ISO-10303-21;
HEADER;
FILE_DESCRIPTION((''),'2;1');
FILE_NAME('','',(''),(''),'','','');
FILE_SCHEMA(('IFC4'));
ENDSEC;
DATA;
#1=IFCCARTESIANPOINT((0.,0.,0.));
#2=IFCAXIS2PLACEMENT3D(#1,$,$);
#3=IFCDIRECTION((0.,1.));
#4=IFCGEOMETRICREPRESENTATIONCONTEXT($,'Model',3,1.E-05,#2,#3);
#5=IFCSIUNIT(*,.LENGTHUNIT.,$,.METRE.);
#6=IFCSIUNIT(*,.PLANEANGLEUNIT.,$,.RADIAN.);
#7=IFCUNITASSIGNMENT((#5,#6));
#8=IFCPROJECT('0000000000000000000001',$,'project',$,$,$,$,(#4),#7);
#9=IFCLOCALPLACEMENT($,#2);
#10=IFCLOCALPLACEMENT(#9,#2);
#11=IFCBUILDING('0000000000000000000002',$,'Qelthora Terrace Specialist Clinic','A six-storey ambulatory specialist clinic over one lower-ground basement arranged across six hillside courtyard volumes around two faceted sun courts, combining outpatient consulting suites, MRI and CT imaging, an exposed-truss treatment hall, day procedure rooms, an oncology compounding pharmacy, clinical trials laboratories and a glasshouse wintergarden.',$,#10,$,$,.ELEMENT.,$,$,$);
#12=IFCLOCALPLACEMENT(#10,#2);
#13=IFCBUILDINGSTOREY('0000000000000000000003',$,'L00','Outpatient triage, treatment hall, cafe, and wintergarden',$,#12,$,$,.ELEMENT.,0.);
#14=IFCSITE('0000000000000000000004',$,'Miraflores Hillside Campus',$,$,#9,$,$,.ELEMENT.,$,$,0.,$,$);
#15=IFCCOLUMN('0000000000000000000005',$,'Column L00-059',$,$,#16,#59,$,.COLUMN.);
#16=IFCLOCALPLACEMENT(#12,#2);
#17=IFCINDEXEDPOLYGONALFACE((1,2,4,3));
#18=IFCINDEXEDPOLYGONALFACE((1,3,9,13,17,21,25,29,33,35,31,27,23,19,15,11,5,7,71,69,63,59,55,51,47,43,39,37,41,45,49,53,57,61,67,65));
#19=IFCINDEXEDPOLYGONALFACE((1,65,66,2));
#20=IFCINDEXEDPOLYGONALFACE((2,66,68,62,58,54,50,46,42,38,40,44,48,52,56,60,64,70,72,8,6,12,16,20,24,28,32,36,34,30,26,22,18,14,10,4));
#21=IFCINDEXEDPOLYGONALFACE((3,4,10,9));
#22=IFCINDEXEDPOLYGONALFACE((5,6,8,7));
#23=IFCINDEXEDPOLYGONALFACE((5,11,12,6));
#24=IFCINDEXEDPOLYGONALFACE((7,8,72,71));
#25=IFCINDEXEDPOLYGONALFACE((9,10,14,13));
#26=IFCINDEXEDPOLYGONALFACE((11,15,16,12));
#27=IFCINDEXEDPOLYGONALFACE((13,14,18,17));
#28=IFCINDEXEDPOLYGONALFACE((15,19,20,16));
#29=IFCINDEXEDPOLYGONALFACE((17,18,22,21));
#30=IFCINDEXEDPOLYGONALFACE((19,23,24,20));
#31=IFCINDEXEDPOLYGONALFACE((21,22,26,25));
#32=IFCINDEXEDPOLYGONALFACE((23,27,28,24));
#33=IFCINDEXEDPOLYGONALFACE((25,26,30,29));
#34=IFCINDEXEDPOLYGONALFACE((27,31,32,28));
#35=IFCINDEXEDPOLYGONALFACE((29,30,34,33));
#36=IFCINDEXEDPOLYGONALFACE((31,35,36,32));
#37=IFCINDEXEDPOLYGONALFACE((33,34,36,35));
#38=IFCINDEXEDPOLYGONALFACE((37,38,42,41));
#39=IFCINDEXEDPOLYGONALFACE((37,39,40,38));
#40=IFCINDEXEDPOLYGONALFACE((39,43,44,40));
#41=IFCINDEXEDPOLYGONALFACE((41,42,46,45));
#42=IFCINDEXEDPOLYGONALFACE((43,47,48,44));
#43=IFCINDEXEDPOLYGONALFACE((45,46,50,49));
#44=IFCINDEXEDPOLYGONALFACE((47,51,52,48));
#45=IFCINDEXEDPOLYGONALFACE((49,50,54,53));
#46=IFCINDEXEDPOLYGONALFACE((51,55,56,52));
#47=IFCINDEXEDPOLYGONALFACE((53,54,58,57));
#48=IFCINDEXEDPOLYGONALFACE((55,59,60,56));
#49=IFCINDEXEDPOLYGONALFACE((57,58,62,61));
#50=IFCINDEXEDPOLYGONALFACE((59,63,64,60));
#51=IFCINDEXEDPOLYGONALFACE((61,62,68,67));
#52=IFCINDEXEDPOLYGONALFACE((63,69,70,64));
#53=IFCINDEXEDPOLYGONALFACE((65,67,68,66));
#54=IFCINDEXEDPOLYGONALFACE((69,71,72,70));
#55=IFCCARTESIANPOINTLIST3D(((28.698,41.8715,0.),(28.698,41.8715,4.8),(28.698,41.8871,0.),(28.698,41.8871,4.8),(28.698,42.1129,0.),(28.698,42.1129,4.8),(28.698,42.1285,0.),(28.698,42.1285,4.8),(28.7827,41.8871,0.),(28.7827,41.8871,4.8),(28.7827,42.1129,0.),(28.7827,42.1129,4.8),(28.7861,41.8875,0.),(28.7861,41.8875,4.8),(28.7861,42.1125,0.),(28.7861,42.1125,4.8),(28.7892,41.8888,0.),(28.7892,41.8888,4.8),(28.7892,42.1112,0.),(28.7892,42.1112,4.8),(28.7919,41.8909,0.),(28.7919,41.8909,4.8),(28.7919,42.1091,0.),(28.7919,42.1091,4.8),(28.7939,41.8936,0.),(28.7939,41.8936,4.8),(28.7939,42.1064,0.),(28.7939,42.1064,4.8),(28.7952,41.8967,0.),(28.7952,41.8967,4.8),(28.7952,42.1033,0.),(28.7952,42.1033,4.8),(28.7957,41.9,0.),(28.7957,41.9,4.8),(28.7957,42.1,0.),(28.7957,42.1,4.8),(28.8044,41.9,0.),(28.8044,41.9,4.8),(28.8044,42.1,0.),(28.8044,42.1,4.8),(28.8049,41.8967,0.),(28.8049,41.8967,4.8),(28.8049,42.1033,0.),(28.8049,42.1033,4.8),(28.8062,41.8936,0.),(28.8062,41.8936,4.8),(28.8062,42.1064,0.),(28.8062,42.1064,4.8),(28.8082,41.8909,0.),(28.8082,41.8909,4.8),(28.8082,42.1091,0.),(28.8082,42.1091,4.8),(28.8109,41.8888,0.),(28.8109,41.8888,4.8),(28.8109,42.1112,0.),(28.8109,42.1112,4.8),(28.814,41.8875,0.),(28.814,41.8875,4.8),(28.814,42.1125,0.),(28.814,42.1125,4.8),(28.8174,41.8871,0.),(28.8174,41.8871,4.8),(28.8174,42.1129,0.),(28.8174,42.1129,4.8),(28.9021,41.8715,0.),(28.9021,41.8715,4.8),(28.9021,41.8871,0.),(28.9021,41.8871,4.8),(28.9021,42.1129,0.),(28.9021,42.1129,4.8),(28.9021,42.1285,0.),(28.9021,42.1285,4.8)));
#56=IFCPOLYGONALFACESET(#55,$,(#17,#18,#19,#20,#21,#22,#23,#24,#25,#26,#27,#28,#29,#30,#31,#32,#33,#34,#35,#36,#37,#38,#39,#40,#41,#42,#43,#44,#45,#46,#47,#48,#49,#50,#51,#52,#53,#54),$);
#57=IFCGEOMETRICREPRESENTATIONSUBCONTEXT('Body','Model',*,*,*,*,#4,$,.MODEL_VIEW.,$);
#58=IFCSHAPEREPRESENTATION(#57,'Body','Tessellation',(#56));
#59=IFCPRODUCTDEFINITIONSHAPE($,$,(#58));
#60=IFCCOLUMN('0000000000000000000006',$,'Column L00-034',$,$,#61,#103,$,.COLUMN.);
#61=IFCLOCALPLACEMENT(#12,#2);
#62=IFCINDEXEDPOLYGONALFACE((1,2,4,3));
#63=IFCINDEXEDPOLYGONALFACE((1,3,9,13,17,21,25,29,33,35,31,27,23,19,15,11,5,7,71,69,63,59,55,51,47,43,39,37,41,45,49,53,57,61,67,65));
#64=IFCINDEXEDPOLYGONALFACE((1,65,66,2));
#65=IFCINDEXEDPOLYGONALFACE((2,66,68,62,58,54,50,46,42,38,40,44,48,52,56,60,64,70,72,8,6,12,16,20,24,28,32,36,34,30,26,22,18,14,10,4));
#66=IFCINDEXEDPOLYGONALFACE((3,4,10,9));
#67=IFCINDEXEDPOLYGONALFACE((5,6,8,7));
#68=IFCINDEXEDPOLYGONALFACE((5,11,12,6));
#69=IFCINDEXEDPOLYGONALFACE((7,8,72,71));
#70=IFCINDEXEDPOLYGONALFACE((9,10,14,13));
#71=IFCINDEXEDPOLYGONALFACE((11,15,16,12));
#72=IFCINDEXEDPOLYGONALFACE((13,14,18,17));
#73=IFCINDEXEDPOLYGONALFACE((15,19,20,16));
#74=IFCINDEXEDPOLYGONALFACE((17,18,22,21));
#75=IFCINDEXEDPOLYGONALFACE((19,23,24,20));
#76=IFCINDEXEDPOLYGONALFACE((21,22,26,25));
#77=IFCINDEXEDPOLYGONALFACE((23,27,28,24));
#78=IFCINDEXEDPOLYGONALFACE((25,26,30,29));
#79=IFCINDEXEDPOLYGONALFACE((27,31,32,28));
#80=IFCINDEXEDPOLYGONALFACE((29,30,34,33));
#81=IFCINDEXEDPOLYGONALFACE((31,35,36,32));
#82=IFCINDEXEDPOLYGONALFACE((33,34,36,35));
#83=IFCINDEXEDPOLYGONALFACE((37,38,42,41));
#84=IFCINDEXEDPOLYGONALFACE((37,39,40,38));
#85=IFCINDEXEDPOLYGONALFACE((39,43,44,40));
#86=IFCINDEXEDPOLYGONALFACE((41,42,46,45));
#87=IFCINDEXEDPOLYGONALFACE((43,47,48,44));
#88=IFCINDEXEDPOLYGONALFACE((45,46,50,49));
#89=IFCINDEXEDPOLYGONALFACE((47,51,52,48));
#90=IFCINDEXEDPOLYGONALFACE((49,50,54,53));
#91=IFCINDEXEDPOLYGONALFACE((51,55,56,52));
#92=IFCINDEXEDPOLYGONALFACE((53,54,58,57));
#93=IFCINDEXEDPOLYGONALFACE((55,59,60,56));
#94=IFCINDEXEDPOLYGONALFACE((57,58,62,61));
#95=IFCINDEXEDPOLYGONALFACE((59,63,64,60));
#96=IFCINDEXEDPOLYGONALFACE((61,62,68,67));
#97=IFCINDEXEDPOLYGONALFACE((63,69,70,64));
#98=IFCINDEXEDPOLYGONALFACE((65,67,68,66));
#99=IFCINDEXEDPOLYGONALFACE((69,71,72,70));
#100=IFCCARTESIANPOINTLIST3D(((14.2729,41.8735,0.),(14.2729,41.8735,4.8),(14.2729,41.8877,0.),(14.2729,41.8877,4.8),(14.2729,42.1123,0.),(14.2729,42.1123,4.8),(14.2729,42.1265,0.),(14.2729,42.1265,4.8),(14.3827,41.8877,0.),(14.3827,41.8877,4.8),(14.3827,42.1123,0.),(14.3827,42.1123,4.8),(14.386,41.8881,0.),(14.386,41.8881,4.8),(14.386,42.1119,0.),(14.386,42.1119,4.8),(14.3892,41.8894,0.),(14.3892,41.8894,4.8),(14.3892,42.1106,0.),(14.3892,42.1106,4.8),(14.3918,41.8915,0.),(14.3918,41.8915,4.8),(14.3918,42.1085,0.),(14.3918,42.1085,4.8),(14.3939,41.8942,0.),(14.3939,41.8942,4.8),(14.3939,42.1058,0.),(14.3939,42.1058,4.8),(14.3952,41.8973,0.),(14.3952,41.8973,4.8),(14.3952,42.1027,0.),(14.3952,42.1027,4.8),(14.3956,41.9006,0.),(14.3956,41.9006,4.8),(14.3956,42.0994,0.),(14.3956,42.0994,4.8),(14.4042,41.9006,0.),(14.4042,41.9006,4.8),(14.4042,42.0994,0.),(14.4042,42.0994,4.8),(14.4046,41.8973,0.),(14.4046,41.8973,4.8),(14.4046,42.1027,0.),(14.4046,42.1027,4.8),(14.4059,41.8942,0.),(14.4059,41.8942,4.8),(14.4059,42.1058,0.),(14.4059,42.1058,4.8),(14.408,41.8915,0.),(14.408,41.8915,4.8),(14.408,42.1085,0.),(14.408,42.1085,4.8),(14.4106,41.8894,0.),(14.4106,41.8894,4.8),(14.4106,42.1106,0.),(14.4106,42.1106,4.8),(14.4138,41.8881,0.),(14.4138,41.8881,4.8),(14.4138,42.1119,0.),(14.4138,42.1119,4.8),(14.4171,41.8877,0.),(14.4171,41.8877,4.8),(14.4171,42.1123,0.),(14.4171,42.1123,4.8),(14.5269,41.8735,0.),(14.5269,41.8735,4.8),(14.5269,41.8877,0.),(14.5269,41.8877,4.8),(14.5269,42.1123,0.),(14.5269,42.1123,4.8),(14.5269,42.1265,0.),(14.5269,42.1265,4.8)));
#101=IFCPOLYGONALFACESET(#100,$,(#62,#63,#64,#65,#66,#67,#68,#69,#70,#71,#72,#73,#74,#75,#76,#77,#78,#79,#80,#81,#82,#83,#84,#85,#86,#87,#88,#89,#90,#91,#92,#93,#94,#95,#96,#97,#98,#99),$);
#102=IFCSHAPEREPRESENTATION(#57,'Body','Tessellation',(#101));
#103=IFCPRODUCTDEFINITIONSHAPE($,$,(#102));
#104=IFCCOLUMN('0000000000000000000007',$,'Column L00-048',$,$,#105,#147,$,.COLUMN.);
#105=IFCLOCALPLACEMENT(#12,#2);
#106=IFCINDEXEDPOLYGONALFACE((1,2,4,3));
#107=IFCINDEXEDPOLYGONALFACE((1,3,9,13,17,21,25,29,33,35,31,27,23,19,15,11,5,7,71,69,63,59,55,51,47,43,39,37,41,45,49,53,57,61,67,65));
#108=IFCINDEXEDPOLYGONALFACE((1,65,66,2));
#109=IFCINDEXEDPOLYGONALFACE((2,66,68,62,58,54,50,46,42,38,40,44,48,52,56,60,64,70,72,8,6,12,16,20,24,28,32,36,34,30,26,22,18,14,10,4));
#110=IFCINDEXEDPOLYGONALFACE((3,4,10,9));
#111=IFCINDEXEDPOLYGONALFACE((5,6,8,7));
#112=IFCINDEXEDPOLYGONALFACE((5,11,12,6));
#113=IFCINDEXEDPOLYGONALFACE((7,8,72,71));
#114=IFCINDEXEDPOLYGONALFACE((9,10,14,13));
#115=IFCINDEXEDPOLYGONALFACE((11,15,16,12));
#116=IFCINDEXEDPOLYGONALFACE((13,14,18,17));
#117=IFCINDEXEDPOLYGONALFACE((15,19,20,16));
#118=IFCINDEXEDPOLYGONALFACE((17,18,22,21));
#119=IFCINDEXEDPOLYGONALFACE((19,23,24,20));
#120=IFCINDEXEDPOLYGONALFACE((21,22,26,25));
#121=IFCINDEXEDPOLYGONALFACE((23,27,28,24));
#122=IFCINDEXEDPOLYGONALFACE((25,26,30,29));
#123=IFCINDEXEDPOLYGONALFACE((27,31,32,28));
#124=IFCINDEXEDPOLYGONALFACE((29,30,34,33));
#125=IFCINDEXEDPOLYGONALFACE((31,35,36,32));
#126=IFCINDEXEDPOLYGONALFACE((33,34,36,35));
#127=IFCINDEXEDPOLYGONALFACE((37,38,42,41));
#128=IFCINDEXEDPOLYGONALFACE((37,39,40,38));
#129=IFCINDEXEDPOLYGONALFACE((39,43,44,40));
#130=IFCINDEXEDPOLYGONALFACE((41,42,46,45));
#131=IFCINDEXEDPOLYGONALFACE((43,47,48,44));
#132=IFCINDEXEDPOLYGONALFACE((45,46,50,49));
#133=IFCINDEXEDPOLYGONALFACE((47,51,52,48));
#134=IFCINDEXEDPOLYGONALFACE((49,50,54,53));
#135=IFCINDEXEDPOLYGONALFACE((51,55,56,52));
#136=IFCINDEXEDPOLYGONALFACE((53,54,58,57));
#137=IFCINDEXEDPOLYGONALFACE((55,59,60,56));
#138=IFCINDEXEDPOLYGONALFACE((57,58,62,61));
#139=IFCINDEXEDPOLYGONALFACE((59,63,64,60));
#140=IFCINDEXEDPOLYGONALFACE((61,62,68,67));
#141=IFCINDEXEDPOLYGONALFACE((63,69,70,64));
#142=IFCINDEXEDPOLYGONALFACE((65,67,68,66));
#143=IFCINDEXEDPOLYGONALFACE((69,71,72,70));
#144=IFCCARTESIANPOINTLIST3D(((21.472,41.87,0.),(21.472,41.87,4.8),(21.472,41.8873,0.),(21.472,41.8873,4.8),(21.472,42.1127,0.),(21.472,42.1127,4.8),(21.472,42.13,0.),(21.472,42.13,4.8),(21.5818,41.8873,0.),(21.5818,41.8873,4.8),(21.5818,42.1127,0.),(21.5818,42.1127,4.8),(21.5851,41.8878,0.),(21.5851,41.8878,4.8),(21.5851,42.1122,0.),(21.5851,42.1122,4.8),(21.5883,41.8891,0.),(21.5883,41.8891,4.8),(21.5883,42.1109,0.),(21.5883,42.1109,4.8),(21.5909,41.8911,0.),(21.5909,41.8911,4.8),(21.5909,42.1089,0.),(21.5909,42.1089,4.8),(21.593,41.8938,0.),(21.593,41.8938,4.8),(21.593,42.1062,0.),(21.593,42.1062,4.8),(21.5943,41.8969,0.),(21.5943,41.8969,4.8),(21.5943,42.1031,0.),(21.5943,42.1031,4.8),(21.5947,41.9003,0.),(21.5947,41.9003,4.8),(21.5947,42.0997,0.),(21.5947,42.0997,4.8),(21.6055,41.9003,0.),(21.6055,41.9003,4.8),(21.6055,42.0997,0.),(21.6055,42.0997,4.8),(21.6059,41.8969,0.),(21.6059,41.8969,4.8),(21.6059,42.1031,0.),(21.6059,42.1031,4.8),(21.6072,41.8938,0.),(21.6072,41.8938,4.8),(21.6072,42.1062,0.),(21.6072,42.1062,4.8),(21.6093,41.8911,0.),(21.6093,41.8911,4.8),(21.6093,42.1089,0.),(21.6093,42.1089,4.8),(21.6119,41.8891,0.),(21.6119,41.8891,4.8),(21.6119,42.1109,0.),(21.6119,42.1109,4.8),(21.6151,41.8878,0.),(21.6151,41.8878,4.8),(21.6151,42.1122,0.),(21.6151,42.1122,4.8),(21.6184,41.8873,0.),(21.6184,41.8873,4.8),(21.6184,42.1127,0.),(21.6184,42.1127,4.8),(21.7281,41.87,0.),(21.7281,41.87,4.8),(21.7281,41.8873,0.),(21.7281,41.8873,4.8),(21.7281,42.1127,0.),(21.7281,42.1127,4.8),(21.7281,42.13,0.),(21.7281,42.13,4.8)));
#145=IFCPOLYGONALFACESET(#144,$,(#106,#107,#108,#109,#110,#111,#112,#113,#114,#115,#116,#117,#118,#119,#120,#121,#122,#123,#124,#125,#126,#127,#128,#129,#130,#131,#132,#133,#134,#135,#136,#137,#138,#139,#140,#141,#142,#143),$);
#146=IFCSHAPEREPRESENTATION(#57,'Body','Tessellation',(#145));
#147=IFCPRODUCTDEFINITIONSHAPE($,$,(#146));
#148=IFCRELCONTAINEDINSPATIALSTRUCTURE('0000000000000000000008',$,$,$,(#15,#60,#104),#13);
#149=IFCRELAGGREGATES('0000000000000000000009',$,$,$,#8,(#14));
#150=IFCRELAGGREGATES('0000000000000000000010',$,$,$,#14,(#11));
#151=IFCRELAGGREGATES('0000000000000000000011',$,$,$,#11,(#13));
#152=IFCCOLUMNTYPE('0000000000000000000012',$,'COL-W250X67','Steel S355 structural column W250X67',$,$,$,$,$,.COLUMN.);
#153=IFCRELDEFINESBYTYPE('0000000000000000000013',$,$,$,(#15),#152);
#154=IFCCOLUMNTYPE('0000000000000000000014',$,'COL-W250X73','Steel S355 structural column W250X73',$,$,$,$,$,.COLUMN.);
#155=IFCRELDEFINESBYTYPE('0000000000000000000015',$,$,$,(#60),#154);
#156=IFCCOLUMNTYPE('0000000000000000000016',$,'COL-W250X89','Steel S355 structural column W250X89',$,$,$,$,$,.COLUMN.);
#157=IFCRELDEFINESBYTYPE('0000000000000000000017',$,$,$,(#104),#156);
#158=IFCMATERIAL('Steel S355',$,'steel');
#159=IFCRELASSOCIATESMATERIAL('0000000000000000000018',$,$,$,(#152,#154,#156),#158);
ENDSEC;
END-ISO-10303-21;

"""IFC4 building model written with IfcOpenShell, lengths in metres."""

from ifc_helpers import new_model, si_unit, direction, frame, origin, origin_2d, place, context, subcontext, project, spatial, i_section, extrude, material, material_profile, profile_set, type_object, element, save


model = new_model("IFC4")

# Units and contexts
model_context = context("Model", 3, precision=1e-05, world=origin(), true_north=direction((0.0, 1.0)))
body_context = subcontext(model_context, "Body", "Model", "MODEL_VIEW")
ifc_project = project(units=[si_unit("LENGTHUNIT", "METRE"), si_unit("PLANEANGLEUNIT", "RADIAN")], contexts=[model_context])

# Site, building, storey
site_placement = place(None, origin())
site = spatial("IfcSite", under=ifc_project, at=site_placement, Name="Miraflores Hillside Campus", CompositionType="ELEMENT", RefElevation=0.0)
building_placement = place(site_placement, origin())
building = spatial("IfcBuilding", under=site, at=building_placement, Name="Qelthora Terrace Specialist Clinic", Description="A six-storey ambulatory specialist clinic over one lower-ground basement arranged across six hillside courtyard volumes around two faceted sun courts, combining outpatient consulting suites, MRI and CT imaging, an exposed-truss treatment hall, day procedure rooms, an oncology compounding pharmacy, clinical trials laboratories and a glasshouse wintergarden.", CompositionType="ELEMENT")
storey_placement = place(building_placement, origin())
storey = spatial("IfcBuildingStorey", under=building, at=storey_placement, Name="L00", Description="Outpatient triage, treatment hall, cafe, and wintergarden", CompositionType="ELEMENT", Elevation=0.0)

# Columns
ifc_material_1 = material(Name="Steel S355", Category="steel")
ifc_material_profile_1 = material_profile(ifc_material_1, i_section(OverallWidth=0.2041, OverallDepth=0.2571, WebThickness=0.0088, FlangeThickness=0.0156, FilletRadius=0.0129, at=origin_2d()), Name="W250X67")
ifc_profile_set_1 = profile_set([ifc_material_profile_1], Name="Steel S355")
column_type_1 = type_object("IfcColumnType", Name="COL-W250X67", Description="Steel S355 structural column W250X67", PredefinedType="COLUMN", material=ifc_profile_set_1)
column_1_placement = place(storey_placement, frame((28.8, 42.0, 0.0), z_axis=(0.0, 0.0, 1.0), x_axis=(1.0, 0.0, 0.0)))
element("IfcColumn", 1, at=column_1_placement, inside=storey, type_object=column_type_1, Name="Column L00-059", PredefinedType="COLUMN", context=body_context, shape_type="SweptSolid", body=[
    extrude(i_section(OverallWidth=0.2041, OverallDepth=0.2571, WebThickness=0.0088, FlangeThickness=0.0156, FilletRadius=0.0129, at=origin_2d()), origin(), (0.0, 0.0, 1.0), 4.8),
])
ifc_material_profile_2 = material_profile(ifc_material_1, i_section(OverallWidth=0.2539, OverallDepth=0.2529, WebThickness=0.0085, FlangeThickness=0.0142, FilletRadius=0.0129, at=origin_2d()), Name="W250X73")
ifc_profile_set_2 = profile_set([ifc_material_profile_2], Name="Steel S355")
column_type_2 = type_object("IfcColumnType", Name="COL-W250X73", Description="Steel S355 structural column W250X73", PredefinedType="COLUMN", material=ifc_profile_set_2)
column_2_placement = place(storey_placement, frame((14.3999, 42.0, 0.0), z_axis=(0.0, 0.0, 1.0), x_axis=(1.0, 0.0, 0.0)))
element("IfcColumn", 2, at=column_2_placement, inside=storey, type_object=column_type_2, Name="Column L00-034", PredefinedType="COLUMN", context=body_context, shape_type="SweptSolid", body=[
    extrude(i_section(OverallWidth=0.2539, OverallDepth=0.2529, WebThickness=0.0085, FlangeThickness=0.0142, FilletRadius=0.0129, at=origin_2d()), origin(), (0.0, 0.0, 1.0), 4.8),
])
ifc_material_profile_3 = material_profile(ifc_material_1, i_section(OverallWidth=0.2561, OverallDepth=0.26, WebThickness=0.0107, FlangeThickness=0.0173, FilletRadius=0.0129, at=origin_2d()), Name="W250X89")
ifc_profile_set_3 = profile_set([ifc_material_profile_3], Name="Steel S355")
column_type_3 = type_object("IfcColumnType", Name="COL-W250X89", Description="Steel S355 structural column W250X89", PredefinedType="COLUMN", material=ifc_profile_set_3)
column_3_placement = place(storey_placement, frame((21.6001, 42.0, 0.0), z_axis=(0.0, 0.0, 1.0), x_axis=(1.0, 0.0, 0.0)))
element("IfcColumn", 3, at=column_3_placement, inside=storey, type_object=column_type_3, Name="Column L00-048", PredefinedType="COLUMN", context=body_context, shape_type="SweptSolid", body=[
    extrude(i_section(OverallWidth=0.2561, OverallDepth=0.26, WebThickness=0.0107, FlangeThickness=0.0173, FilletRadius=0.0129, at=origin_2d()), origin(), (0.0, 0.0, 1.0), 4.8),
])

save(model, "model.ifc")
